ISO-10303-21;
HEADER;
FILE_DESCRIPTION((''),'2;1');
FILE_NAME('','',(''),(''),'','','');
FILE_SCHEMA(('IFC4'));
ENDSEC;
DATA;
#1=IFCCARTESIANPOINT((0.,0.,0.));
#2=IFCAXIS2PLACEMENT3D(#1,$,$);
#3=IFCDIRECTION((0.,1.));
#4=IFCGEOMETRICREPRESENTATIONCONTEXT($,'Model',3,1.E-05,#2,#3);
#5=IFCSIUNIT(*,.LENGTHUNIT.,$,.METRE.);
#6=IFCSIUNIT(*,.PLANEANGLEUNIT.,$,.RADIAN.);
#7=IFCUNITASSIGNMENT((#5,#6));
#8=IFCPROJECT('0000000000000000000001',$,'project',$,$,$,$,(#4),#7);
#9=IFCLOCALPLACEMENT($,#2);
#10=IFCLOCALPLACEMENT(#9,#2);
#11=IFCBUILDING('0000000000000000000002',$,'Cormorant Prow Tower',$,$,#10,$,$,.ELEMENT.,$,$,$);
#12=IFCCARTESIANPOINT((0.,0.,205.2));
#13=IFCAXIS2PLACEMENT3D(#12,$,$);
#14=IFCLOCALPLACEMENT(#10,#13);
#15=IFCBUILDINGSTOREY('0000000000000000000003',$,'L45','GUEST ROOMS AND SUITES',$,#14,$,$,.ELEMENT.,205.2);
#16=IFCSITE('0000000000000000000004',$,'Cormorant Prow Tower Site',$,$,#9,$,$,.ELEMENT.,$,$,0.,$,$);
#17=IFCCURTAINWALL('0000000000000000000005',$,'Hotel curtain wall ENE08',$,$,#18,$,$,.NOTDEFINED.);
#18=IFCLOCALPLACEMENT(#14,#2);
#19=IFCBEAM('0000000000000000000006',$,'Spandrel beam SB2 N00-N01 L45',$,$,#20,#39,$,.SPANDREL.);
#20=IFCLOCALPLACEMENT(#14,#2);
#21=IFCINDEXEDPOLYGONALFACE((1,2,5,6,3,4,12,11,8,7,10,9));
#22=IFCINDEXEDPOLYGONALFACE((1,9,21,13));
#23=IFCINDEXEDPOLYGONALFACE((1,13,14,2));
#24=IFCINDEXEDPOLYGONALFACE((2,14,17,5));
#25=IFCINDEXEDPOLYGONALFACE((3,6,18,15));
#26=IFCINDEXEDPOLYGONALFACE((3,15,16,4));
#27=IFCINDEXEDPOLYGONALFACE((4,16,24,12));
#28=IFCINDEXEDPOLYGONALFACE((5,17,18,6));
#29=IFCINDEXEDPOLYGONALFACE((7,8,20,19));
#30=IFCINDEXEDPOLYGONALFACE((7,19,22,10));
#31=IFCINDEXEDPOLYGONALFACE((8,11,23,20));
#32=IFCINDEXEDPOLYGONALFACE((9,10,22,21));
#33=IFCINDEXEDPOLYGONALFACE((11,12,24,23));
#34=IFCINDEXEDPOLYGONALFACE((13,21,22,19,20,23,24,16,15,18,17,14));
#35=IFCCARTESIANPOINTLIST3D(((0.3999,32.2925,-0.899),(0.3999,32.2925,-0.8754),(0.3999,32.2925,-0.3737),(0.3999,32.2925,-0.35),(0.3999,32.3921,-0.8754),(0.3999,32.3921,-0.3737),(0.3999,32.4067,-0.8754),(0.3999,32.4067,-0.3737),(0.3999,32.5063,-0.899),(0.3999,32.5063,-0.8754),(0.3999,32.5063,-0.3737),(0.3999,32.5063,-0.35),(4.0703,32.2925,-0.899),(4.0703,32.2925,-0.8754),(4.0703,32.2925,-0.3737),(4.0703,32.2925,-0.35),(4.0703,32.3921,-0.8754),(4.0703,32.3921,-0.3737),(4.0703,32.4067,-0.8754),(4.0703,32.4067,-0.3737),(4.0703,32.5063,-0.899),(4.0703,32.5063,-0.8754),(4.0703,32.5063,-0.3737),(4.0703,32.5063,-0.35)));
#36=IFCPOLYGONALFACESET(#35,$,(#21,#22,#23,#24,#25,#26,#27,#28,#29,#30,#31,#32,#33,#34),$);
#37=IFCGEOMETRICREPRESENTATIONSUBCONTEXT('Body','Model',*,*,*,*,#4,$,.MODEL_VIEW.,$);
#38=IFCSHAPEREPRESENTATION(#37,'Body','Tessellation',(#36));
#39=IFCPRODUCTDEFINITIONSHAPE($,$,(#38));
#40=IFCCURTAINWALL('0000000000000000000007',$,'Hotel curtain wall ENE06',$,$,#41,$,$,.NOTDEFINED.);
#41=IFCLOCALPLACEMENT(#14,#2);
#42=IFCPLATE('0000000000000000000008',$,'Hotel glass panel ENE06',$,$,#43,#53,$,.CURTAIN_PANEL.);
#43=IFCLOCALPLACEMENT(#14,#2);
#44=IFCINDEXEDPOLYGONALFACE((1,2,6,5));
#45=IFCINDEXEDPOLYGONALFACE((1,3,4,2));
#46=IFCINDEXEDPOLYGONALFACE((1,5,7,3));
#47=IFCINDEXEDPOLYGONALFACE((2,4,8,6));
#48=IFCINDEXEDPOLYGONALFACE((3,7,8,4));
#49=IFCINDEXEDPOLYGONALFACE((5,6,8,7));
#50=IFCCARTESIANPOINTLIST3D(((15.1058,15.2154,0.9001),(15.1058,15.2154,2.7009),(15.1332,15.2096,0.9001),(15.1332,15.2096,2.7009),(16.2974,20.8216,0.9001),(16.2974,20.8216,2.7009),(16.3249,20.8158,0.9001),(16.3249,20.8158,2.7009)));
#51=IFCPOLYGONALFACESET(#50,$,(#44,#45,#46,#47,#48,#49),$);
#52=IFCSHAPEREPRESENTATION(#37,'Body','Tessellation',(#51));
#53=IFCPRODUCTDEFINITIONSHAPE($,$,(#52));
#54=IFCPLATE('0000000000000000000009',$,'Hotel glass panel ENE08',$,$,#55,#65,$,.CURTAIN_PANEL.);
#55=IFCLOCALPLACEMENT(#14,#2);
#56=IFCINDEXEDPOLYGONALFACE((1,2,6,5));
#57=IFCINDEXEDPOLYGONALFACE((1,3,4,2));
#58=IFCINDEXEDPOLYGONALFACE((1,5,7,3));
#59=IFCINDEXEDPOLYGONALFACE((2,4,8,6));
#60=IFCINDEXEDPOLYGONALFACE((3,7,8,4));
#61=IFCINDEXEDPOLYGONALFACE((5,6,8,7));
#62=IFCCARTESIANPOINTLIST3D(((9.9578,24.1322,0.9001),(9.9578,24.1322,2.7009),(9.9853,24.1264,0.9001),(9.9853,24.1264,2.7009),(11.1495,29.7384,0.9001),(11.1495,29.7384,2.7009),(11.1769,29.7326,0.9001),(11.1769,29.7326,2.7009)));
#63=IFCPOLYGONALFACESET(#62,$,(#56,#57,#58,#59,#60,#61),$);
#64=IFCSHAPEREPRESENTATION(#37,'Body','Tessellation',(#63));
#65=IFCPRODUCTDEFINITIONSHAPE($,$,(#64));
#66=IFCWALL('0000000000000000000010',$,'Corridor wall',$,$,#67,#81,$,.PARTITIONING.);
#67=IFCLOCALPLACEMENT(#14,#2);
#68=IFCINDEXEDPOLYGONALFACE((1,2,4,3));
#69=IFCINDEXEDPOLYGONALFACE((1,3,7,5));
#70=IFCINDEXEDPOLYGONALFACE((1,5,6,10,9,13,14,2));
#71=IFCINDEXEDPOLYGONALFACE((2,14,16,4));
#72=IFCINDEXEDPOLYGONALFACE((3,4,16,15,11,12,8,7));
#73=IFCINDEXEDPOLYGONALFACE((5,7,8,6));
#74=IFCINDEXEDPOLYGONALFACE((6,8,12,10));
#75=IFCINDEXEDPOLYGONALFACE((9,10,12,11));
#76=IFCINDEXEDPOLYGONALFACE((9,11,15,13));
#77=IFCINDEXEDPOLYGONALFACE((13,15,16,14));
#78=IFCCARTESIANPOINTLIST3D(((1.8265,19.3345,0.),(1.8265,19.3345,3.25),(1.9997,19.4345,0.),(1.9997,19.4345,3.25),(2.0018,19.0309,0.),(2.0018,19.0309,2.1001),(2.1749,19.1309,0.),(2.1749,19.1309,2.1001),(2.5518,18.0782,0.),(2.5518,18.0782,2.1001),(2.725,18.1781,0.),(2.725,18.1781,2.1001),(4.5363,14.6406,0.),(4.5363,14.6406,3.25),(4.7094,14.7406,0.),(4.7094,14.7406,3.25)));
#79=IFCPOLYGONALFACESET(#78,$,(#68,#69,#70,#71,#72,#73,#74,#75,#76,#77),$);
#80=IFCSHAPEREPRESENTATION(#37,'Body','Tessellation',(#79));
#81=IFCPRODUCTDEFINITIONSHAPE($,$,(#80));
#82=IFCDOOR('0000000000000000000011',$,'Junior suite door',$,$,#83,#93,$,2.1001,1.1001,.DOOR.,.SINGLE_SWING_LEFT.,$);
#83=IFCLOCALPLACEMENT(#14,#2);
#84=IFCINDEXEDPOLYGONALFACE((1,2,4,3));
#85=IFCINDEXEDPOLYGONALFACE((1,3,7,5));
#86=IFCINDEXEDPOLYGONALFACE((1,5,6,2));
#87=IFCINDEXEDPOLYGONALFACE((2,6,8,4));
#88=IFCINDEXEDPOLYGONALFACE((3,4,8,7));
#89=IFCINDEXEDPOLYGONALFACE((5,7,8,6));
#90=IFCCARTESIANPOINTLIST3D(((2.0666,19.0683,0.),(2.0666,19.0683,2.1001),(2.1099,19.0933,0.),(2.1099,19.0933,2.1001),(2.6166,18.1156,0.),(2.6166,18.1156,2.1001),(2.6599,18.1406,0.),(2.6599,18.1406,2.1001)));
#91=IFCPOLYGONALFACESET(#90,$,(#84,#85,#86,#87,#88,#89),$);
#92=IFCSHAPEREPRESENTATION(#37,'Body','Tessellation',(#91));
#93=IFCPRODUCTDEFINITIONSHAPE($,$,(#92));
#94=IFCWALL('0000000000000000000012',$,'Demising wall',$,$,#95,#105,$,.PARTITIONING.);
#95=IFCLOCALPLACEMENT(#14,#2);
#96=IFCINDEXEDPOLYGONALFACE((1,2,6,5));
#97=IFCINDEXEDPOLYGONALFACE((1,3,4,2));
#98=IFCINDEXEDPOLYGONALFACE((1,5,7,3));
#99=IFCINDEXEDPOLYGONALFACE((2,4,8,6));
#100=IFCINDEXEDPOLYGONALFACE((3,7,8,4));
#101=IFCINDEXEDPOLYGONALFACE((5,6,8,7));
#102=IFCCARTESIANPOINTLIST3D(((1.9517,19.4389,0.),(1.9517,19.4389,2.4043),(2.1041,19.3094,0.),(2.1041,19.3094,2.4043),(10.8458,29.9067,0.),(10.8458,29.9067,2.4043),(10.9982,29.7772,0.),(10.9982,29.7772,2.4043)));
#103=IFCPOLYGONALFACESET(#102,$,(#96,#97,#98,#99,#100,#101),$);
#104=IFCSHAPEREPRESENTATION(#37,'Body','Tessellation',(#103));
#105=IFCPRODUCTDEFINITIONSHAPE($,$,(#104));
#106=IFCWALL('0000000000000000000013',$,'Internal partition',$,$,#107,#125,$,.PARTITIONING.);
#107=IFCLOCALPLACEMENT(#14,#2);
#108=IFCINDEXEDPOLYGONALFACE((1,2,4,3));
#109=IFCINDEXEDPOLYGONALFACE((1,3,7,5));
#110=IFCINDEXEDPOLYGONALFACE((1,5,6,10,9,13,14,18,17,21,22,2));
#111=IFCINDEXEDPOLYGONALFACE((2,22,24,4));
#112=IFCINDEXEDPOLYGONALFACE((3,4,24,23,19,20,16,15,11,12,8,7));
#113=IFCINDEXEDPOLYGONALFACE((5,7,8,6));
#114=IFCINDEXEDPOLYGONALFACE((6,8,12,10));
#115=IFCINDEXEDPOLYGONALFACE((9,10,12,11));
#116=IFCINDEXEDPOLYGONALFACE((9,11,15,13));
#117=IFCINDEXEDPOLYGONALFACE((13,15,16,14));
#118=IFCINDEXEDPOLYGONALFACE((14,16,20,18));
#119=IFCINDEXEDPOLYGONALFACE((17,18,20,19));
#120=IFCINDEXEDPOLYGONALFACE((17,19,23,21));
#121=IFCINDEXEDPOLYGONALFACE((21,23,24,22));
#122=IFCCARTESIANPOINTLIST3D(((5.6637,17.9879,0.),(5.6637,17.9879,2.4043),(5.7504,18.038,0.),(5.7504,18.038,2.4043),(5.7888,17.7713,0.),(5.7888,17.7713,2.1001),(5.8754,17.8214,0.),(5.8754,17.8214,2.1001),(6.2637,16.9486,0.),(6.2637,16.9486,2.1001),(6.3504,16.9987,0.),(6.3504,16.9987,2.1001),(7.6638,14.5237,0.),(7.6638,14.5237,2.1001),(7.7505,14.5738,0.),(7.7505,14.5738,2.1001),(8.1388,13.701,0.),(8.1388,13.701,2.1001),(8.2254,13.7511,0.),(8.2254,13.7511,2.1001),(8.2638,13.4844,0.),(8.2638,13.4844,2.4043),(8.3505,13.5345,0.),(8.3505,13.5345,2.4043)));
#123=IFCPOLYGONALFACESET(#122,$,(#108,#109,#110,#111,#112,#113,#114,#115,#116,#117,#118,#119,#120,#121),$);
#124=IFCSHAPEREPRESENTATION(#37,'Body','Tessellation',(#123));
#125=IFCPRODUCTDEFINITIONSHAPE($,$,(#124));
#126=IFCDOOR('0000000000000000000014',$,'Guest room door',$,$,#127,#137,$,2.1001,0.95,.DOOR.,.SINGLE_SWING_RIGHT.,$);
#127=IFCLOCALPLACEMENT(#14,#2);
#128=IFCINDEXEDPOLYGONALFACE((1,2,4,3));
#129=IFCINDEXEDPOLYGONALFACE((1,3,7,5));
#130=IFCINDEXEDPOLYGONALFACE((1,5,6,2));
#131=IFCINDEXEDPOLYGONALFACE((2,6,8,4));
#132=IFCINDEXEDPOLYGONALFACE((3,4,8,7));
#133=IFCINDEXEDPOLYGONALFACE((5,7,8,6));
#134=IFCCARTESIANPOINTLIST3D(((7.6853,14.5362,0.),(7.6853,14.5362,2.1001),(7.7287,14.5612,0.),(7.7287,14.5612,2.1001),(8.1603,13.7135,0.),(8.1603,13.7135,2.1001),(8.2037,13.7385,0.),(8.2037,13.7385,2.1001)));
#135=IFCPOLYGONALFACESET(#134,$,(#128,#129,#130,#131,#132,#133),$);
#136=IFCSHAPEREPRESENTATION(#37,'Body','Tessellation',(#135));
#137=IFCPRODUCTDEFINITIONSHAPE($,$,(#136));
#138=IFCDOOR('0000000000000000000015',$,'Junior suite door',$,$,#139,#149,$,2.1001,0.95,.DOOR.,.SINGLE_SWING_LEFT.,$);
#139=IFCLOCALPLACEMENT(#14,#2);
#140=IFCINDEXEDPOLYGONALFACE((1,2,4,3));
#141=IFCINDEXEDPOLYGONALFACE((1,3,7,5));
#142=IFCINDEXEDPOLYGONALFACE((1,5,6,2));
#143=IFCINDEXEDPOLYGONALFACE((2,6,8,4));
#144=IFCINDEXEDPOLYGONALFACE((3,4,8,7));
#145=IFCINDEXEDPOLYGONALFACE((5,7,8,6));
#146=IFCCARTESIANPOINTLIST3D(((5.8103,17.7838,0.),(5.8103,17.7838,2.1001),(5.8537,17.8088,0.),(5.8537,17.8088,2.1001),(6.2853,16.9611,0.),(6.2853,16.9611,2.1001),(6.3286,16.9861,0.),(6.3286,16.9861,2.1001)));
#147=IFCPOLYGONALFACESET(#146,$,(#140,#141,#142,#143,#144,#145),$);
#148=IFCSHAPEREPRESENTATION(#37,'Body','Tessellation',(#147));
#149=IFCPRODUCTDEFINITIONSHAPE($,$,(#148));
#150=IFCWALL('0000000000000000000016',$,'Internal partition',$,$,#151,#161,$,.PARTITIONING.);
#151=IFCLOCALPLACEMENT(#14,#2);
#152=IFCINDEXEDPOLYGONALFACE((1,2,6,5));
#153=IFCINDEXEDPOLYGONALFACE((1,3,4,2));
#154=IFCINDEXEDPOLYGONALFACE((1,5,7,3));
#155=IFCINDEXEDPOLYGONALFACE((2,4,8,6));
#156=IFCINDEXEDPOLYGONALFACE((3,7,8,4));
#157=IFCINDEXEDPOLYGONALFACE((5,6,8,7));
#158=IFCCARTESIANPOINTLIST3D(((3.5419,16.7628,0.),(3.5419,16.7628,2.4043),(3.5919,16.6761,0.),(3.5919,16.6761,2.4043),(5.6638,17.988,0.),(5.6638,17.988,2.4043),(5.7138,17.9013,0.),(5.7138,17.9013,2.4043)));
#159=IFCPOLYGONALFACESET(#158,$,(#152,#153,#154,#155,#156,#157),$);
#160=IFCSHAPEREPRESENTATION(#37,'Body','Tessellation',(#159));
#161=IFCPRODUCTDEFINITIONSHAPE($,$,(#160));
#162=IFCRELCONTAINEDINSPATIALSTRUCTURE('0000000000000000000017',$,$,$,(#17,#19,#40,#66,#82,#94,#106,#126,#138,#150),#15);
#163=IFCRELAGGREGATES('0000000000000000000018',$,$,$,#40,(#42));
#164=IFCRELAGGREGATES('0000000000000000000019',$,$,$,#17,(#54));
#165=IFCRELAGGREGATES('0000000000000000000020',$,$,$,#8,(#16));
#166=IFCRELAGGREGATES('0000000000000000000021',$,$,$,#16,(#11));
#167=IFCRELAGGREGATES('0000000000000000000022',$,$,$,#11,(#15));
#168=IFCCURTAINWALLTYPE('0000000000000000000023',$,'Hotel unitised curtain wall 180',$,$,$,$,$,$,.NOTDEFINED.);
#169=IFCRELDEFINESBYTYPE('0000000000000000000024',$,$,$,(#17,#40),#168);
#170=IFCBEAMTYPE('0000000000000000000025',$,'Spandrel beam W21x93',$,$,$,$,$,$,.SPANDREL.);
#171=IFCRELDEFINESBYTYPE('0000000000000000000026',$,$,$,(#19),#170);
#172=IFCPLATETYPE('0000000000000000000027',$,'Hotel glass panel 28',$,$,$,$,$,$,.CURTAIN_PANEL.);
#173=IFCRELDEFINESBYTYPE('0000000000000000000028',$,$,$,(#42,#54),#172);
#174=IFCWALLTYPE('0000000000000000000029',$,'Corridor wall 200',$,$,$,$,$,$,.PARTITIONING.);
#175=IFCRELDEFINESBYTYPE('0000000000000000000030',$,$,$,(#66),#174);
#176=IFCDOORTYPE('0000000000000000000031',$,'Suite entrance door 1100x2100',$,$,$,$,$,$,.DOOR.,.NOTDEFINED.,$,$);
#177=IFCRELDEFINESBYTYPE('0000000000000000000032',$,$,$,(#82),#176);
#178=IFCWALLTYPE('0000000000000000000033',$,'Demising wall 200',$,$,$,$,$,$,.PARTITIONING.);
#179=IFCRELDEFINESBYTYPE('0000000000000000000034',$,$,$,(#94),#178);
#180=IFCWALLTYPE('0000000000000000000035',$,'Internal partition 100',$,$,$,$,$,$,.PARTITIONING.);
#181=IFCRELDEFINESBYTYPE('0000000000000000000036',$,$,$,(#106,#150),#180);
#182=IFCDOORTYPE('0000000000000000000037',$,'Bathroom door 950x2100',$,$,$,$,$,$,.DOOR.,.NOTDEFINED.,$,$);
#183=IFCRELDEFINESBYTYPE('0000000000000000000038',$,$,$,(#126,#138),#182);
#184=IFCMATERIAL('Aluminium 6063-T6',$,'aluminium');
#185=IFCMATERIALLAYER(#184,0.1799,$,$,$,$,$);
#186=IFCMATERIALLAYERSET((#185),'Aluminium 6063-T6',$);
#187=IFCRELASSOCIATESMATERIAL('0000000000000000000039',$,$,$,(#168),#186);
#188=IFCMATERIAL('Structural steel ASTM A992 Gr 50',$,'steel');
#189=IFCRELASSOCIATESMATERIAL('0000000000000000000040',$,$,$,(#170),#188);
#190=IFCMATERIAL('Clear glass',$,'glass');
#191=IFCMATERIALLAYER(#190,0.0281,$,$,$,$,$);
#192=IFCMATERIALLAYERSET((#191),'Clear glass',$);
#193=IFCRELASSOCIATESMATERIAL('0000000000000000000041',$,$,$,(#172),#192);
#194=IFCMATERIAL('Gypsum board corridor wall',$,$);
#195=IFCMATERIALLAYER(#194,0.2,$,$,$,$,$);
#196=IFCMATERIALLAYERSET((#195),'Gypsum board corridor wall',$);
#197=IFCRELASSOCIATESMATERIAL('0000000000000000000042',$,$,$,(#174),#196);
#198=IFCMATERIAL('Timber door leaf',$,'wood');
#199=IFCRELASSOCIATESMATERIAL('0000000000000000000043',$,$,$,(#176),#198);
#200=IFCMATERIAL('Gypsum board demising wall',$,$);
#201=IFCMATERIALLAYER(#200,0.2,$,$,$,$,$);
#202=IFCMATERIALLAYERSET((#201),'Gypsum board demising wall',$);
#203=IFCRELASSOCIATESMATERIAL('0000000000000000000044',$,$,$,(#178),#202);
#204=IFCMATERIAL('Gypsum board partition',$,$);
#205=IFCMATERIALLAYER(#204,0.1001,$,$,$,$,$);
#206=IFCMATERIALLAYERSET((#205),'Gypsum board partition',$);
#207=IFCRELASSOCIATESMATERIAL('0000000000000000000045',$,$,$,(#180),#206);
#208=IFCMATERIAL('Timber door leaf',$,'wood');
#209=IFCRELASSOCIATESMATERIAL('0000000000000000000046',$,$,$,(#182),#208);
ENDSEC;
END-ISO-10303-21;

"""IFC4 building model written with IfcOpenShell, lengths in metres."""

from ifc_helpers import new_model, si_unit, direction, frame, frame_2d, origin, origin_2d, place, context, subcontext, project, spatial, rectangle, i_section, extrude, material, layer, layer_set, material_profile, profile_set, type_object, element, fill, aggregate, save


model = new_model("IFC4")

# Units and contexts
model_context = context("Model", 3, precision=1e-05, world=origin(), true_north=direction((0.0, 1.0)))
body_context = subcontext(model_context, "Body", "Model", "MODEL_VIEW")
ifc_project = project(units=[si_unit("LENGTHUNIT", "METRE"), si_unit("PLANEANGLEUNIT", "RADIAN")], contexts=[model_context])

# Site, building, storey
site_placement = place(None, origin())
site = spatial("IfcSite", under=ifc_project, at=site_placement, Name="Cormorant Prow Tower Site", CompositionType="ELEMENT", RefElevation=0.0)
building_placement = place(site_placement, origin())
building = spatial("IfcBuilding", under=site, at=building_placement, Name="Cormorant Prow Tower", CompositionType="ELEMENT")
storey_placement = place(building_placement, frame((0.0, 0.0, 205.2)))
storey = spatial("IfcBuildingStorey", under=building, at=storey_placement, Name="L45", Description="GUEST ROOMS AND SUITES", CompositionType="ELEMENT", Elevation=205.2)

# Curtain wall
ifc_material_1 = material(Name="Aluminium 6063-T6", Category="aluminium")
ifc_layer_1 = layer(ifc_material_1, 0.1799)
ifc_layer_set_1 = layer_set([ifc_layer_1], Name="Aluminium 6063-T6")
curtain_wall_type = type_object("IfcCurtainWallType", Name="Hotel unitised curtain wall 180", PredefinedType="NOTDEFINED", material=ifc_layer_set_1)
curtain_wall_1_placement = place(storey_placement, origin())
curtain_wall_1 = element("IfcCurtainWall", 1, at=curtain_wall_1_placement, inside=storey, type_object=curtain_wall_type, Name="Hotel curtain wall ENE08", PredefinedType="NOTDEFINED")

# Beam
ifc_material_2 = material(Name="Structural steel ASTM A992 Gr 50", Category="steel")
ifc_material_profile_1 = material_profile(ifc_material_2, i_section(OverallWidth=0.2139, OverallDepth=0.5491, WebThickness=0.0146, FlangeThickness=0.0237, at=origin_2d()), Name="W21x93")
ifc_profile_set_1 = profile_set([ifc_material_profile_1], Name="Structural steel ASTM A992 Gr 50")
beam_type = type_object("IfcBeamType", Name="Spandrel beam W21x93", PredefinedType="SPANDREL", material=ifc_profile_set_1)
beam_1_placement = place(storey_placement, frame((4.0703, 32.3994, -0.6245), z_axis=(-1.0, 0.0, 0.0), x_axis=(0.0, -1.0, 0.0)))
element("IfcBeam", 2, at=beam_1_placement, inside=storey, type_object=beam_type, Name="Spandrel beam SB2 N00-N01 L45", PredefinedType="SPANDREL", context=body_context, shape_type="SweptSolid", body=[
    extrude(i_section(OverallWidth=0.2139, OverallDepth=0.5491, WebThickness=0.0146, FlangeThickness=0.0237, at=origin_2d()), origin(), (0.0, 0.0, 1.0), 3.6704),
])

# Curtain wall, plate
curtain_wall_2_placement = place(storey_placement, origin())
curtain_wall_2 = element("IfcCurtainWall", 3, at=curtain_wall_2_placement, inside=storey, type_object=curtain_wall_type, Name="Hotel curtain wall ENE06", PredefinedType="NOTDEFINED")
ifc_material_3 = material(Name="Clear glass", Category="glass")
ifc_layer_2 = layer(ifc_material_3, 0.0281)
ifc_layer_set_2 = layer_set([ifc_layer_2], Name="Clear glass")
plate_type = type_object("IfcPlateType", Name="Hotel glass panel 28", PredefinedType="CURTAIN_PANEL", material=ifc_layer_set_2)
plate_1_placement = place(storey_placement, frame((15.7153, 18.0156, 0.9001), z_axis=(0.0, 0.0, 1.0), x_axis=(0.207912, 0.978148, 0.0)))
plate_1 = element("IfcPlate", 4, at=plate_1_placement, type_object=plate_type, Name="Hotel glass panel ENE06", PredefinedType="CURTAIN_PANEL", context=body_context, shape_type="SweptSolid", body=[
    extrude(rectangle(XDim=5.7314, YDim=0.0281, at=origin_2d()), origin(), (0.0, 0.0, 1.0), 1.8008),
])
aggregate(curtain_wall_2, [plate_1])

# Plate
plate_2_placement = place(storey_placement, frame((10.5674, 26.9324, 0.9001), z_axis=(0.0, 0.0, 1.0), x_axis=(0.207912, 0.978148, 0.0)))
plate_2 = element("IfcPlate", 5, at=plate_2_placement, type_object=plate_type, Name="Hotel glass panel ENE08", PredefinedType="CURTAIN_PANEL", context=body_context, shape_type="SweptSolid", body=[
    extrude(rectangle(XDim=5.7314, YDim=0.0281, at=origin_2d()), origin(), (0.0, 0.0, 1.0), 1.8008),
])
aggregate(curtain_wall_1, [plate_2])

# Wall, opening, door
ifc_material_4 = material(Name="Gypsum board corridor wall")
ifc_layer_3 = layer(ifc_material_4, 0.2)
ifc_layer_set_3 = layer_set([ifc_layer_3], Name="Gypsum board corridor wall")
wall_type_1 = type_object("IfcWallType", Name="Corridor wall 200", PredefinedType="PARTITIONING", material=ifc_layer_set_3)
wall_1_placement = place(storey_placement, frame((1.9131, 19.3845, 0.0), z_axis=(0.0, 0.0, 1.0), x_axis=(0.499962, -0.866048, 0.0)))
wall_1 = element("IfcWall", 6, at=wall_1_placement, inside=storey, type_object=wall_type_1, Name="Corridor wall", PredefinedType="PARTITIONING", context=body_context, shape_type="SweptSolid", body=[
    extrude(rectangle(XDim=5.4199, YDim=0.2, at=frame_2d((2.71, 0.0))), origin(), (0.0, 0.0, 1.0), 3.25),
])
opening_1_placement = place(wall_1_placement, frame((0.3506, 0.0, 0.0)))
opening_1 = element("IfcOpeningElement", 7, at=opening_1_placement, cuts=wall_1, PredefinedType="OPENING", context=body_context, shape_type="SweptSolid", body=[
    extrude(rectangle(XDim=1.1001, YDim=2.1001, at=frame_2d((0.55, 1.05))), frame((0.0, 0.1099, 0.0), z_axis=(0.0, -1.0, 0.0), x_axis=(1.0, 0.0, 0.0)), (0.0, 0.0, 1.0), 0.22),
])
ifc_material_5 = material(Name="Timber door leaf", Category="wood")
door_type_1 = type_object("IfcDoorType", Name="Suite entrance door 1100x2100", OperationType="NOTDEFINED", PredefinedType="DOOR", material=ifc_material_5)
door_1_placement = place(opening_1_placement, origin())
door_1 = element("IfcDoor", 8, at=door_1_placement, inside=storey, type_object=door_type_1, Name="Junior suite door", OperationType="SINGLE_SWING_LEFT", OverallHeight=2.1001, OverallWidth=1.1001, PredefinedType="DOOR", context=body_context, shape_type="SweptSolid", body=[
    extrude(rectangle(XDim=1.1001, YDim=2.1001, at=frame_2d((0.55, 1.05))), frame((0.0, 0.0249, 0.0), z_axis=(0.0, -1.0, 0.0), x_axis=(1.0, 0.0, 0.0)), (0.0, 0.0, 1.0), 0.05),
])
fill(opening_1, door_1)

# Wall
ifc_material_6 = material(Name="Gypsum board demising wall")
ifc_layer_4 = layer(ifc_material_6, 0.2)
ifc_layer_set_4 = layer_set([ifc_layer_4], Name="Gypsum board demising wall")
wall_type_2 = type_object("IfcWallType", Name="Demising wall 200", PredefinedType="PARTITIONING", material=ifc_layer_set_4)
wall_2_placement = place(storey_placement, frame((2.0278, 19.374, 0.0), z_axis=(0.0, 0.0, 1.0), x_axis=(0.647498, 0.762067, 0.0)))
element("IfcWall", 9, at=wall_2_placement, inside=storey, type_object=wall_type_2, Name="Demising wall", PredefinedType="PARTITIONING", context=body_context, shape_type="SweptSolid", body=[
    extrude(rectangle(XDim=13.7361, YDim=0.2, at=frame_2d((6.8682, 0.0))), origin(), (0.0, 0.0, 1.0), 2.4043),
])

# Wall, openings, doors
ifc_material_7 = material(Name="Gypsum board partition")
ifc_layer_5 = layer(ifc_material_7, 0.1001)
ifc_layer_set_5 = layer_set([ifc_layer_5], Name="Gypsum board partition")
wall_type_3 = type_object("IfcWallType", Name="Internal partition 100", PredefinedType="PARTITIONING", material=ifc_layer_set_5)
wall_3_placement = place(storey_placement, frame((5.707, 18.0129, 0.0), z_axis=(0.0, 0.0, 1.0), x_axis=(0.500007, -0.866021, 0.0)))
wall_3 = element("IfcWall", 10, at=wall_3_placement, inside=storey, type_object=wall_type_3, Name="Internal partition", PredefinedType="PARTITIONING", context=body_context, shape_type="SweptSolid", body=[
    extrude(rectangle(XDim=5.2002, YDim=0.1001, at=frame_2d((2.6001, 0.0))), origin(), (0.0, 0.0, 1.0), 2.4043),
])
opening_2_placement = place(wall_3_placement, frame((4.0, 0.0, 0.0)))
opening_2 = element("IfcOpeningElement", 11, at=opening_2_placement, cuts=wall_3, PredefinedType="OPENING", context=body_context, shape_type="SweptSolid", body=[
    extrude(rectangle(XDim=0.95, YDim=2.1001, at=frame_2d((0.4751, 1.05))), frame((0.0, 0.0601, 0.0), z_axis=(0.0, -1.0, 0.0), x_axis=(1.0, 0.0, 0.0)), (0.0, 0.0, 1.0), 0.1201),
])
opening_3_placement = place(wall_3_placement, frame((0.25, 0.0, 0.0)))
opening_3 = element("IfcOpeningElement", 12, at=opening_3_placement, cuts=wall_3, PredefinedType="OPENING", context=body_context, shape_type="SweptSolid", body=[
    extrude(rectangle(XDim=0.95, YDim=2.1001, at=frame_2d((0.4751, 1.05))), frame((0.0, 0.0601, 0.0), z_axis=(0.0, -1.0, 0.0), x_axis=(1.0, 0.0, 0.0)), (0.0, 0.0, 1.0), 0.1201),
])
ifc_material_8 = material(Name="Timber door leaf", Category="wood")
door_type_2 = type_object("IfcDoorType", Name="Bathroom door 950x2100", OperationType="NOTDEFINED", PredefinedType="DOOR", material=ifc_material_8)
door_2_placement = place(opening_2_placement, origin())
door_2 = element("IfcDoor", 13, at=door_2_placement, inside=storey, type_object=door_type_2, Name="Guest room door", OperationType="SINGLE_SWING_RIGHT", OverallHeight=2.1001, OverallWidth=0.95, PredefinedType="DOOR", context=body_context, shape_type="SweptSolid", body=[
    extrude(rectangle(XDim=0.95, YDim=2.1001, at=frame_2d((0.4751, 1.05))), frame((0.0, 0.0249, 0.0), z_axis=(0.0, -1.0, 0.0), x_axis=(1.0, 0.0, 0.0)), (0.0, 0.0, 1.0), 0.05),
])
fill(opening_2, door_2)
door_3_placement = place(opening_3_placement, origin())
door_3 = element("IfcDoor", 14, at=door_3_placement, inside=storey, type_object=door_type_2, Name="Junior suite door", OperationType="SINGLE_SWING_LEFT", OverallHeight=2.1001, OverallWidth=0.95, PredefinedType="DOOR", context=body_context, shape_type="SweptSolid", body=[
    extrude(rectangle(XDim=0.95, YDim=2.1001, at=frame_2d((0.4751, 1.05))), frame((0.0, 0.0249, 0.0), z_axis=(0.0, -1.0, 0.0), x_axis=(1.0, 0.0, 0.0)), (0.0, 0.0, 1.0), 0.05),
])
fill(opening_3, door_3)

# Wall
wall_4_placement = place(storey_placement, frame((3.5669, 16.7195, 0.0), z_axis=(0.0, 0.0, 1.0), x_axis=(0.866015, 0.500019, 0.0)))
element("IfcWall", 15, at=wall_4_placement, inside=storey, type_object=wall_type_3, Name="Internal partition", PredefinedType="PARTITIONING", context=body_context, shape_type="SweptSolid", body=[
    extrude(rectangle(XDim=2.4502, YDim=0.1001, at=frame_2d((1.2251, 0.0))), origin(), (0.0, 0.0, 1.0), 2.4043),
])

save(model, "model.ifc")
